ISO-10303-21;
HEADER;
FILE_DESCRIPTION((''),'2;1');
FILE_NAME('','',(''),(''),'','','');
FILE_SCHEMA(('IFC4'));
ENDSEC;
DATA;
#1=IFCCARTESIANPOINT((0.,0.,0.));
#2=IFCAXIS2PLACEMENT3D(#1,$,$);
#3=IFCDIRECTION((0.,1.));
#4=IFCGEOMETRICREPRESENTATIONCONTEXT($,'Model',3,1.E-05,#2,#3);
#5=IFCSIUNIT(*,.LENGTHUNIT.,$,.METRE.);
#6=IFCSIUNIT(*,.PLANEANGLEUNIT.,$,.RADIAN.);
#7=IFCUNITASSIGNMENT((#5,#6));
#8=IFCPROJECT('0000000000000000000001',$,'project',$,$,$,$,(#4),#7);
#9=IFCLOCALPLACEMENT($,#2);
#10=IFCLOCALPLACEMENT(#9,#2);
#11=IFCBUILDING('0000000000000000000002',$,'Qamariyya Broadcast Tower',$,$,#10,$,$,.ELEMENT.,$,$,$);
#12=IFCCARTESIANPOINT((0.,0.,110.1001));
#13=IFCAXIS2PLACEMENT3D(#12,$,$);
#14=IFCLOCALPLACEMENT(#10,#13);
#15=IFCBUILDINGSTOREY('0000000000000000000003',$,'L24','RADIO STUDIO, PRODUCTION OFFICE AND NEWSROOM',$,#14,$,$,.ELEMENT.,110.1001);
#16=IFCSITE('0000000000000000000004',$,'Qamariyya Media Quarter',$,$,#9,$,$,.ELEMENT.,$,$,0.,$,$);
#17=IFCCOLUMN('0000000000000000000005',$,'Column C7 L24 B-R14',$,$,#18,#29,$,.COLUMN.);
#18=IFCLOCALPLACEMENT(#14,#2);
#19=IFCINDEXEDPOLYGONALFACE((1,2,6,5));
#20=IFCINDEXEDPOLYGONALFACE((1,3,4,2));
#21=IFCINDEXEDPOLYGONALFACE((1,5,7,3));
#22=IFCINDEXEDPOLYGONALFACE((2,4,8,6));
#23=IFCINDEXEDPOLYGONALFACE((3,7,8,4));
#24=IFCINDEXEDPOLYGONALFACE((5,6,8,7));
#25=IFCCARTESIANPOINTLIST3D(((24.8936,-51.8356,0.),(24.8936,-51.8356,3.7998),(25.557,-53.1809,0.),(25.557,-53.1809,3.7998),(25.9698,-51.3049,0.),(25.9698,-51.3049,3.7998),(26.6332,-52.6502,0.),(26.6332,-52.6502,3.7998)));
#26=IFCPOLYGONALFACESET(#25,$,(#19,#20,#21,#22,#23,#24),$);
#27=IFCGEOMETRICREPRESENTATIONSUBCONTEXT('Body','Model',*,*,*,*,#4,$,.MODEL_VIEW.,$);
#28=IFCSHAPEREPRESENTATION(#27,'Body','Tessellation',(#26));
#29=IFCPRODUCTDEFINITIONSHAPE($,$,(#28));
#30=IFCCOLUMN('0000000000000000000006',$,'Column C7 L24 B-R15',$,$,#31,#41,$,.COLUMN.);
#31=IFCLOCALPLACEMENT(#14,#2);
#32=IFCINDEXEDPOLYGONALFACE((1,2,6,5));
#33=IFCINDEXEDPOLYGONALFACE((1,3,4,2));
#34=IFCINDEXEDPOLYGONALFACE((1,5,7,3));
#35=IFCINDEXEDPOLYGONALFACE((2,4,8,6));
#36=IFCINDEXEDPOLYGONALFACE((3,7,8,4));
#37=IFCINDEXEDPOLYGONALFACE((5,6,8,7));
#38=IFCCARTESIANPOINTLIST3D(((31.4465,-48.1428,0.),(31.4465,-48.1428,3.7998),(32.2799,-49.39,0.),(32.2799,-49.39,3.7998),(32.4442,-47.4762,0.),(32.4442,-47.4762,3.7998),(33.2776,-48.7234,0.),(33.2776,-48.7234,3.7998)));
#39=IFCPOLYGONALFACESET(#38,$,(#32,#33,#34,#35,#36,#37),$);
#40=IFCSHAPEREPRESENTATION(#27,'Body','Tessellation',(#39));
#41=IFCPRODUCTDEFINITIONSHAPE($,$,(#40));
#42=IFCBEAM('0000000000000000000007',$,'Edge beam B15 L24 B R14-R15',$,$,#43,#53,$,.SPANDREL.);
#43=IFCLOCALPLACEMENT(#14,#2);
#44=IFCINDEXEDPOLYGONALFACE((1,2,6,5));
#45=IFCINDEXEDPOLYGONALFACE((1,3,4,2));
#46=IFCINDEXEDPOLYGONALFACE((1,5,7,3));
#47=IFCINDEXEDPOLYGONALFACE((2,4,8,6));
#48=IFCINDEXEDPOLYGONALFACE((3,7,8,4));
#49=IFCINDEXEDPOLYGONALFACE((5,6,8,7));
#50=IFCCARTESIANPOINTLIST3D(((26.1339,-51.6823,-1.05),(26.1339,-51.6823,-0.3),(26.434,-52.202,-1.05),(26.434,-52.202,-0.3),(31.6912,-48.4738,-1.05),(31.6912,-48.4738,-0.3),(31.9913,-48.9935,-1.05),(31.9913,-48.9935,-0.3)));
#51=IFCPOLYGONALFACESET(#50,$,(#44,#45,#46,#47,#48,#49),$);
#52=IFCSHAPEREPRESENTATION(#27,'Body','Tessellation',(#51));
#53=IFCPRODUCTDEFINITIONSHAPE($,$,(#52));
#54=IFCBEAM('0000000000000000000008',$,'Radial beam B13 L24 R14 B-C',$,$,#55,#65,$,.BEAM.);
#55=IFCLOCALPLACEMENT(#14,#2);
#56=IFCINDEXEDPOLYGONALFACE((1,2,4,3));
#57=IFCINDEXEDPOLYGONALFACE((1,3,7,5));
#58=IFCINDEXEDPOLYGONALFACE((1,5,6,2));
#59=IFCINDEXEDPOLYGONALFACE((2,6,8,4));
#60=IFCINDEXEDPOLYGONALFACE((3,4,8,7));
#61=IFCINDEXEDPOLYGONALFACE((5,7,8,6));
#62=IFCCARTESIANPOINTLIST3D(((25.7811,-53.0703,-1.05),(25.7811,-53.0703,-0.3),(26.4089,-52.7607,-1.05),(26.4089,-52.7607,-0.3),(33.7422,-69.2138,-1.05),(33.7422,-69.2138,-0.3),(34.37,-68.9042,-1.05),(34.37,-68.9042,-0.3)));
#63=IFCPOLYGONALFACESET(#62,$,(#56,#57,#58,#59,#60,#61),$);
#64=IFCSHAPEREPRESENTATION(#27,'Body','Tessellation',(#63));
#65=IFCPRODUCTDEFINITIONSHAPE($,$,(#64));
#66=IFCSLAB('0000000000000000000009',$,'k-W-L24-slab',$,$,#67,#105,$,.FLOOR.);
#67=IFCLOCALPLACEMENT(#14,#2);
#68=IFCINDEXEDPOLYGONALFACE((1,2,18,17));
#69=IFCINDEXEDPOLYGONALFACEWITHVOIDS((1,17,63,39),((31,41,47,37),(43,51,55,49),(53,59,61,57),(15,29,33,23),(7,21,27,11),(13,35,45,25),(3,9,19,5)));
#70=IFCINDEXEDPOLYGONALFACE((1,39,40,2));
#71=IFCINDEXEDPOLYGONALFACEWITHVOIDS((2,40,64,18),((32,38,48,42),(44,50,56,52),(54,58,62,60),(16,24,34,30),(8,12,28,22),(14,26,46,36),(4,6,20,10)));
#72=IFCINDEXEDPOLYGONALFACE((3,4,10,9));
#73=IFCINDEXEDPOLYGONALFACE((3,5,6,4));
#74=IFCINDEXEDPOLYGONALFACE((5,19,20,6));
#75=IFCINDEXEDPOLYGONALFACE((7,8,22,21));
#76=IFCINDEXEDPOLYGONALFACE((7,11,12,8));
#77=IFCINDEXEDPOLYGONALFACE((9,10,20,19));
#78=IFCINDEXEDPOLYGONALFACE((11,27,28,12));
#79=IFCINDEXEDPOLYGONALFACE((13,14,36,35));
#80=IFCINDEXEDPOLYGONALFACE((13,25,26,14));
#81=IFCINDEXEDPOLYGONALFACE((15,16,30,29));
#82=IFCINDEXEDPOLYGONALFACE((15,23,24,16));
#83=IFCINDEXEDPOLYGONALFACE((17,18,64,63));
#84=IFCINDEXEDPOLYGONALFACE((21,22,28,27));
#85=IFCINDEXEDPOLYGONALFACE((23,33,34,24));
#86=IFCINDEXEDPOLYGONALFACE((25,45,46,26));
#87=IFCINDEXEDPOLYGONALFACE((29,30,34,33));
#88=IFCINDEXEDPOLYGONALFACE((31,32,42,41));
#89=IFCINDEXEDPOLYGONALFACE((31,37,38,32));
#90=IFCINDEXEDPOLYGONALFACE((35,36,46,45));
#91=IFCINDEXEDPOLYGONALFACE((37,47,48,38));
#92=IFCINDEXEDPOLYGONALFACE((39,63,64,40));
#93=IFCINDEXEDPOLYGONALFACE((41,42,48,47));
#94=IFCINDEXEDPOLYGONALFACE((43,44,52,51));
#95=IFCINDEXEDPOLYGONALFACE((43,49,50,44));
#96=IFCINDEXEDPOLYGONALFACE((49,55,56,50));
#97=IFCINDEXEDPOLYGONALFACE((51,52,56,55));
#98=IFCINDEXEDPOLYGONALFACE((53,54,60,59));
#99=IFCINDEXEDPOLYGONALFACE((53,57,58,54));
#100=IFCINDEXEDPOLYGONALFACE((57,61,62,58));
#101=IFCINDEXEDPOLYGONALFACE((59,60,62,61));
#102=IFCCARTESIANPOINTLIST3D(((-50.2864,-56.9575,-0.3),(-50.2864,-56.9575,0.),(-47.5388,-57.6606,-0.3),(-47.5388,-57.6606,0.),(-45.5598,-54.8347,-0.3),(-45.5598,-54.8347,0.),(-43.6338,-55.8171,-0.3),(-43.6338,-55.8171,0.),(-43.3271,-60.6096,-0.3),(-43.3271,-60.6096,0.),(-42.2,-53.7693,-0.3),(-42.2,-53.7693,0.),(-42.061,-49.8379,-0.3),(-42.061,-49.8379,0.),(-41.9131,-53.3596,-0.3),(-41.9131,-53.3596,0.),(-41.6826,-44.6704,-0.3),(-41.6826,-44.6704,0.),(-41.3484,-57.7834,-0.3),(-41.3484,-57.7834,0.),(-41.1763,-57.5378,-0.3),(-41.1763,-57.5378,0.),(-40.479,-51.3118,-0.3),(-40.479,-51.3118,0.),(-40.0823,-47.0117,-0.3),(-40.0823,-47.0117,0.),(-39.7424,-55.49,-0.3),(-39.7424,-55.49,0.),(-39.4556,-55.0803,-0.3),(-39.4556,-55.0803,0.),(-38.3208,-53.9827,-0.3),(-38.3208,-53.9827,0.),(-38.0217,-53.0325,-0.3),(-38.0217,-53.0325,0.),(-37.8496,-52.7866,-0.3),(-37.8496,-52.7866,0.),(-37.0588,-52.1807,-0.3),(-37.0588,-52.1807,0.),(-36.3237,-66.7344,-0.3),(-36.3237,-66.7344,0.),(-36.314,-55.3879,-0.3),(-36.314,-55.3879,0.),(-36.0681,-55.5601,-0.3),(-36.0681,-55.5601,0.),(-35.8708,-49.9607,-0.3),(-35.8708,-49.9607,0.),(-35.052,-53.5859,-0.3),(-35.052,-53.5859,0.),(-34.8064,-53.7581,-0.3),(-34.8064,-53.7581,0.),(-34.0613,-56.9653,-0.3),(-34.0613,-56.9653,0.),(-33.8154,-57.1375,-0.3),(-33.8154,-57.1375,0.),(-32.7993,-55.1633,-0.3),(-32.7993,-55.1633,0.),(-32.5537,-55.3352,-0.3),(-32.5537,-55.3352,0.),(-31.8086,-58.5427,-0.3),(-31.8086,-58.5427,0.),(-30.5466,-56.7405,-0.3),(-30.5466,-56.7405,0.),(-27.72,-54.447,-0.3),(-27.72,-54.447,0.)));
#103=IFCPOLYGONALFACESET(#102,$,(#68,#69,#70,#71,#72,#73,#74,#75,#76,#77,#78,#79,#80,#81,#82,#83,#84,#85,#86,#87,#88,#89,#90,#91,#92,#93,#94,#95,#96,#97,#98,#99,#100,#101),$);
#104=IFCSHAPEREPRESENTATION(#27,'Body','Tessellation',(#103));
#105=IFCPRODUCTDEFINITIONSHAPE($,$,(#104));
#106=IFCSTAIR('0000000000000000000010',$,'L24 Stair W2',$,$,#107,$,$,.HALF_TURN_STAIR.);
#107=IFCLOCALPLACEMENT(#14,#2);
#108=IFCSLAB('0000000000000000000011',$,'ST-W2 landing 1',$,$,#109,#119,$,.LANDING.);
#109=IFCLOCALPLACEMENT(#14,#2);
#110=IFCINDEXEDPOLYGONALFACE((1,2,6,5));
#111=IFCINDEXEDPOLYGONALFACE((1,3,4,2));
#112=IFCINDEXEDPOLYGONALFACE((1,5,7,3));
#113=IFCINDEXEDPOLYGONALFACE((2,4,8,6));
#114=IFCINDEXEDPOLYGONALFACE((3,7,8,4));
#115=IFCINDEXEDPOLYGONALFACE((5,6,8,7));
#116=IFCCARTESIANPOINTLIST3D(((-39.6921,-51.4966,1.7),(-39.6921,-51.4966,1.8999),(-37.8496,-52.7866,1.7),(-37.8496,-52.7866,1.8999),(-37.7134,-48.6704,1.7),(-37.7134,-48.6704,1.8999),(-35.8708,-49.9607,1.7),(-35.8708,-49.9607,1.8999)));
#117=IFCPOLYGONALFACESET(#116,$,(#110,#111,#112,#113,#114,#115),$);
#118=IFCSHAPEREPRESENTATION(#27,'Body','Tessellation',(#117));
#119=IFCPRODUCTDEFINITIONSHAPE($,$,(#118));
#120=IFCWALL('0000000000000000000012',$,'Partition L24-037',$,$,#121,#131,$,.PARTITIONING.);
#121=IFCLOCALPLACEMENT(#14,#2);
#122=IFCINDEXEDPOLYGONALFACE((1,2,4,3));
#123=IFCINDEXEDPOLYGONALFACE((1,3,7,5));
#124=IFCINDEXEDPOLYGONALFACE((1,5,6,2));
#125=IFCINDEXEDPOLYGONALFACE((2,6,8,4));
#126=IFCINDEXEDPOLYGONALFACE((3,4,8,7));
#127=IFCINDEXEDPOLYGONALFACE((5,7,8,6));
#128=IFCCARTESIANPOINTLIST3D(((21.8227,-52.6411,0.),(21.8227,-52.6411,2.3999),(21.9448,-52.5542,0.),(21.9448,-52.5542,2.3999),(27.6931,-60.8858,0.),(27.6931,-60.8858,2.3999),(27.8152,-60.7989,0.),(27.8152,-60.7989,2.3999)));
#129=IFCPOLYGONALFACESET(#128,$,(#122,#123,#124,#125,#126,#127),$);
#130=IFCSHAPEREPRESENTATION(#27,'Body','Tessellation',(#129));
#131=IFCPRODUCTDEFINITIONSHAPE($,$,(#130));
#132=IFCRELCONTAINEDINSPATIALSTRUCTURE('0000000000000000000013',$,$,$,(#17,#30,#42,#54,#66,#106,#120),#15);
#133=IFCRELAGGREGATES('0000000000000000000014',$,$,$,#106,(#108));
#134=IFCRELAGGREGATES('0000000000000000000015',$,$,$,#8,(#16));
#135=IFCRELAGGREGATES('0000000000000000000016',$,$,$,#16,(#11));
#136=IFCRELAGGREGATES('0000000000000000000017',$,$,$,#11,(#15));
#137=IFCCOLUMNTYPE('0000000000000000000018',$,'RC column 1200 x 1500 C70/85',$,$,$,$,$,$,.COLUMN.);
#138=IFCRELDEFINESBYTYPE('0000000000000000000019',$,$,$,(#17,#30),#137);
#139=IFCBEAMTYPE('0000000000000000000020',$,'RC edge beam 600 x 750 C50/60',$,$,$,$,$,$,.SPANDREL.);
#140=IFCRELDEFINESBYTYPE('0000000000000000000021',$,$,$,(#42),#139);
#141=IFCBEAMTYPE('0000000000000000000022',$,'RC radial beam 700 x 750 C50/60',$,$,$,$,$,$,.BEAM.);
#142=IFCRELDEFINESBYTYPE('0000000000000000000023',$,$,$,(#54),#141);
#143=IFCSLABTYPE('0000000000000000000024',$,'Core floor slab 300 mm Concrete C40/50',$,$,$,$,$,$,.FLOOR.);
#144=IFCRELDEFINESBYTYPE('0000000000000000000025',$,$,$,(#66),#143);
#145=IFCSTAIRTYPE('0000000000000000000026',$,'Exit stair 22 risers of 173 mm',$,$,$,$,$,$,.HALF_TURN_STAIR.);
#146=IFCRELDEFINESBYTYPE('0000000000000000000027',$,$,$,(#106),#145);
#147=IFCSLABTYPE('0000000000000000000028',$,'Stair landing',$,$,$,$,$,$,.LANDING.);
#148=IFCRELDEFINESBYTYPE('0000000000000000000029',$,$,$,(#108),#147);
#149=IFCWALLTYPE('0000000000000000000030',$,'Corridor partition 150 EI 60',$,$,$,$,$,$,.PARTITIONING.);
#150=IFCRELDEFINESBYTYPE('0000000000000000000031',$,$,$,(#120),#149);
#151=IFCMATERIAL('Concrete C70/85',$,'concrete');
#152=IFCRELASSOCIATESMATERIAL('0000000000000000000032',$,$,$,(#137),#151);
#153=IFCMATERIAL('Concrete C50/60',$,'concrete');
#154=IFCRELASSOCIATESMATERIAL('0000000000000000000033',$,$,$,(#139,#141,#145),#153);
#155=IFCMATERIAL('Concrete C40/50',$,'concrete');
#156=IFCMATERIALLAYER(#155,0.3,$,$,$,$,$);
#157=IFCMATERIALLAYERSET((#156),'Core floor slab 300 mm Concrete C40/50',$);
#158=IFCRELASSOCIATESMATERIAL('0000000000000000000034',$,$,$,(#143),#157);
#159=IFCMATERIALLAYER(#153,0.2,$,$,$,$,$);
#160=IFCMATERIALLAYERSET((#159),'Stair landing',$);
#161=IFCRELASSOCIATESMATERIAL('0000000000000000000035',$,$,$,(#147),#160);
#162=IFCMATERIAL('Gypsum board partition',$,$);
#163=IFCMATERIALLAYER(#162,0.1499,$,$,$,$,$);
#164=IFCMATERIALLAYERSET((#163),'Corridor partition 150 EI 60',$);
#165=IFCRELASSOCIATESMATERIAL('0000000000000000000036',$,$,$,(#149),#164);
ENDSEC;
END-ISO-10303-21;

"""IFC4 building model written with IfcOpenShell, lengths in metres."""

from ifc_helpers import new_model, si_unit, direction, frame, frame_2d, origin, origin_2d, place, context, subcontext, project, spatial, polyline, rectangle, outline, extrude, material, layer, layer_set, material_profile, profile_set, type_object, element, aggregate, save


model = new_model("IFC4")

# Units and contexts
model_context = context("Model", 3, precision=1e-05, world=origin(), true_north=direction((0.0, 1.0)))
body_context = subcontext(model_context, "Body", "Model", "MODEL_VIEW")
ifc_project = project(units=[si_unit("LENGTHUNIT", "METRE"), si_unit("PLANEANGLEUNIT", "RADIAN")], contexts=[model_context])

# Site, building, storey
site_placement = place(None, origin())
site = spatial("IfcSite", under=ifc_project, at=site_placement, Name="Qamariyya Media Quarter", CompositionType="ELEMENT", RefElevation=0.0)
building_placement = place(site_placement, origin())
building = spatial("IfcBuilding", under=site, at=building_placement, Name="Qamariyya Broadcast Tower", CompositionType="ELEMENT")
storey_placement = place(building_placement, frame((0.0, 0.0, 110.1001)))
storey = spatial("IfcBuildingStorey", under=building, at=storey_placement, Name="L24", Description="RADIO STUDIO, PRODUCTION OFFICE AND NEWSROOM", CompositionType="ELEMENT", Elevation=110.1001)

# Columns
ifc_material_1 = material(Name="Concrete C70/85", Category="concrete")
ifc_material_profile_1 = material_profile(ifc_material_1, rectangle(XDim=1.2, YDim=1.5, at=origin_2d()))
ifc_profile_set_1 = profile_set([ifc_material_profile_1], Name="Concrete C70/85")
column_type = type_object("IfcColumnType", Name="RC column 1200 x 1500 C70/85", PredefinedType="COLUMN", material=ifc_profile_set_1)
for number, where, z_axis, x_axis, name in (
    (1, (25.7634, -52.2429, 0.0), (0.0, 0.0, 1.0), (0.896873, 0.442289, 0.0), "Column C7 L24 B-R14"),
    (2, (32.3621, -48.4331, 0.0), (0.0, 0.0, 1.0), (0.83147, 0.55557, 0.0), "Column C7 L24 B-R15"),
):
    element("IfcColumn", number, at=place(storey_placement, frame(where, z_axis=z_axis, x_axis=x_axis)), inside=storey, type_object=column_type, Name=name, PredefinedType="COLUMN", context=body_context, shape_type="SweptSolid", body=[
        extrude(rectangle(XDim=1.2, YDim=1.5, at=origin_2d()), origin(), (0.0, 0.0, 1.0), 3.7998),
    ])

# Beams
ifc_material_2 = material(Name="Concrete C50/60", Category="concrete")
ifc_material_profile_2 = material_profile(ifc_material_2, rectangle(XDim=0.6001, YDim=0.75, at=origin_2d()))
ifc_profile_set_2 = profile_set([ifc_material_profile_2], Name="Concrete C50/60")
beam_type_1 = type_object("IfcBeamType", Name="RC edge beam 600 x 750 C50/60", PredefinedType="SPANDREL", material=ifc_profile_set_2)
beam_1_placement = place(storey_placement, frame((26.2839, -51.9421, -0.675), z_axis=(0.866029, 0.499994, 0.0), x_axis=(-0.499994, 0.866029, 0.0)))
element("IfcBeam", 3, at=beam_1_placement, inside=storey, type_object=beam_type_1, Name="Edge beam B15 L24 B R14-R15", PredefinedType="SPANDREL", context=body_context, shape_type="SweptSolid", body=[
    extrude(rectangle(XDim=0.6001, YDim=0.75, at=origin_2d()), origin(), (0.0, 0.0, 1.0), 6.417),
])
ifc_material_profile_3 = material_profile(ifc_material_2, rectangle(XDim=0.7, YDim=0.75, at=origin_2d()))
ifc_profile_set_3 = profile_set([ifc_material_profile_3], Name="Concrete C50/60")
beam_type_2 = type_object("IfcBeamType", Name="RC radial beam 700 x 750 C50/60", PredefinedType="BEAM", material=ifc_profile_set_3)
beam_2_placement = place(storey_placement, frame((26.095, -52.9155, -0.675), z_axis=(0.442291, -0.896871, 0.0), x_axis=(0.896871, 0.442291, 0.0)))
element("IfcBeam", 4, at=beam_2_placement, inside=storey, type_object=beam_type_2, Name="Radial beam B13 L24 R14 B-C", PredefinedType="BEAM", context=body_context, shape_type="SweptSolid", body=[
    extrude(rectangle(XDim=0.7, YDim=0.75, at=origin_2d()), origin(), (0.0, 0.0, 1.0), 17.9998),
])

# Slab
ifc_material_3 = material(Name="Concrete C40/50", Category="concrete")
ifc_layer_1 = layer(ifc_material_3, 0.3)
ifc_layer_set_1 = layer_set([ifc_layer_1], Name="Core floor slab 300 mm Concrete C40/50")
slab_type_1 = type_object("IfcSlabType", Name="Core floor slab 300 mm Concrete C40/50", PredefinedType="FLOOR", material=ifc_layer_set_1)
slab_1_placement = place(storey_placement, frame((0.0, 0.0, -0.3)))
element("IfcSlab", 5, at=slab_1_placement, inside=storey, type_object=slab_type_1, Name="k-W-L24-slab", PredefinedType="FLOOR", context=body_context, shape_type="SweptSolid", body=[
    extrude(outline(polyline([(-50.2864, -56.9575), (-36.3237, -66.7344), (-27.72, -54.447), (-41.6826, -44.6704), (-50.2864, -56.9575)]), holes=[polyline([(-31.8086, -58.5427), (-33.8154, -57.1375), (-32.5537, -55.3352), (-30.5466, -56.7405), (-31.8086, -58.5427)]), polyline([(-34.0613, -56.9653), (-36.0681, -55.5601), (-34.8064, -53.7581), (-32.7993, -55.1633), (-34.0613, -56.9653)]), polyline([(-36.314, -55.3879), (-38.3208, -53.9827), (-37.0588, -52.1807), (-35.052, -53.5859), (-36.314, -55.3879)]), polyline([(-39.7424, -55.49), (-42.2, -53.7693), (-43.6338, -55.8171), (-41.1763, -57.5378), (-39.7424, -55.49)]), polyline([(-39.4556, -55.0803), (-41.9131, -53.3596), (-40.479, -51.3118), (-38.0217, -53.0325), (-39.4556, -55.0803)]), polyline([(-42.061, -49.8379), (-37.8496, -52.7866), (-35.8708, -49.9607), (-40.0823, -47.0117), (-42.061, -49.8379)]), polyline([(-47.5388, -57.6606), (-43.3271, -60.6096), (-41.3484, -57.7834), (-45.5598, -54.8347), (-47.5388, -57.6606)])]), origin(), (0.0, 0.0, 1.0), 0.3),
])

# Stair, slab
stair_type = type_object("IfcStairType", Name="Exit stair 22 risers of 173 mm", PredefinedType="HALF_TURN_STAIR", material=ifc_material_2)
stair_placement = place(storey_placement, origin())
stair = element("IfcStair", 6, at=stair_placement, inside=storey, type_object=stair_type, Name="L24 Stair W2", PredefinedType="HALF_TURN_STAIR")
ifc_layer_2 = layer(ifc_material_2, 0.2)
ifc_layer_set_2 = layer_set([ifc_layer_2], Name="Stair landing")
slab_type_2 = type_object("IfcSlabType", Name="Stair landing", PredefinedType="LANDING", material=ifc_layer_set_2)
slab_2_placement = place(storey_placement, frame((0.0, 0.0, 1.7)))
slab_2 = element("IfcSlab", 7, at=slab_2_placement, type_object=slab_type_2, Name="ST-W2 landing 1", PredefinedType="LANDING", context=body_context, shape_type="SweptSolid", body=[
    extrude(outline(polyline([(-39.6921, -51.4966), (-37.8496, -52.7866), (-35.8708, -49.9607), (-37.7134, -48.6704), (-39.6921, -51.4966)])), origin(), (0.0, 0.0, 1.0), 0.2),
])
aggregate(stair, [slab_2])

# Wall
ifc_material_4 = material(Name="Gypsum board partition")
ifc_layer_3 = layer(ifc_material_4, 0.1499)
ifc_layer_set_3 = layer_set([ifc_layer_3], Name="Corridor partition 150 EI 60")
wall_type_1 = type_object("IfcWallType", Name="Corridor partition 150 EI 60", PredefinedType="PARTITIONING", material=ifc_layer_set_3)
wall_1_placement = place(storey_placement, frame((21.8838, -52.5977, 0.0), z_axis=(0.0, 0.0, 1.0), x_axis=(0.580017, -0.814605, 0.0)))
element("IfcWall", 8, at=wall_1_placement, inside=storey, type_object=wall_type_1, Name="Partition L24-037", PredefinedType="PARTITIONING", context=body_context, shape_type="SweptSolid", body=[
    extrude(rectangle(XDim=10.1211, YDim=0.1499, at=frame_2d((5.0605, 0.0))), origin(), (0.0, 0.0, 1.0), 2.3999),
])

save(model, "model.ifc")
